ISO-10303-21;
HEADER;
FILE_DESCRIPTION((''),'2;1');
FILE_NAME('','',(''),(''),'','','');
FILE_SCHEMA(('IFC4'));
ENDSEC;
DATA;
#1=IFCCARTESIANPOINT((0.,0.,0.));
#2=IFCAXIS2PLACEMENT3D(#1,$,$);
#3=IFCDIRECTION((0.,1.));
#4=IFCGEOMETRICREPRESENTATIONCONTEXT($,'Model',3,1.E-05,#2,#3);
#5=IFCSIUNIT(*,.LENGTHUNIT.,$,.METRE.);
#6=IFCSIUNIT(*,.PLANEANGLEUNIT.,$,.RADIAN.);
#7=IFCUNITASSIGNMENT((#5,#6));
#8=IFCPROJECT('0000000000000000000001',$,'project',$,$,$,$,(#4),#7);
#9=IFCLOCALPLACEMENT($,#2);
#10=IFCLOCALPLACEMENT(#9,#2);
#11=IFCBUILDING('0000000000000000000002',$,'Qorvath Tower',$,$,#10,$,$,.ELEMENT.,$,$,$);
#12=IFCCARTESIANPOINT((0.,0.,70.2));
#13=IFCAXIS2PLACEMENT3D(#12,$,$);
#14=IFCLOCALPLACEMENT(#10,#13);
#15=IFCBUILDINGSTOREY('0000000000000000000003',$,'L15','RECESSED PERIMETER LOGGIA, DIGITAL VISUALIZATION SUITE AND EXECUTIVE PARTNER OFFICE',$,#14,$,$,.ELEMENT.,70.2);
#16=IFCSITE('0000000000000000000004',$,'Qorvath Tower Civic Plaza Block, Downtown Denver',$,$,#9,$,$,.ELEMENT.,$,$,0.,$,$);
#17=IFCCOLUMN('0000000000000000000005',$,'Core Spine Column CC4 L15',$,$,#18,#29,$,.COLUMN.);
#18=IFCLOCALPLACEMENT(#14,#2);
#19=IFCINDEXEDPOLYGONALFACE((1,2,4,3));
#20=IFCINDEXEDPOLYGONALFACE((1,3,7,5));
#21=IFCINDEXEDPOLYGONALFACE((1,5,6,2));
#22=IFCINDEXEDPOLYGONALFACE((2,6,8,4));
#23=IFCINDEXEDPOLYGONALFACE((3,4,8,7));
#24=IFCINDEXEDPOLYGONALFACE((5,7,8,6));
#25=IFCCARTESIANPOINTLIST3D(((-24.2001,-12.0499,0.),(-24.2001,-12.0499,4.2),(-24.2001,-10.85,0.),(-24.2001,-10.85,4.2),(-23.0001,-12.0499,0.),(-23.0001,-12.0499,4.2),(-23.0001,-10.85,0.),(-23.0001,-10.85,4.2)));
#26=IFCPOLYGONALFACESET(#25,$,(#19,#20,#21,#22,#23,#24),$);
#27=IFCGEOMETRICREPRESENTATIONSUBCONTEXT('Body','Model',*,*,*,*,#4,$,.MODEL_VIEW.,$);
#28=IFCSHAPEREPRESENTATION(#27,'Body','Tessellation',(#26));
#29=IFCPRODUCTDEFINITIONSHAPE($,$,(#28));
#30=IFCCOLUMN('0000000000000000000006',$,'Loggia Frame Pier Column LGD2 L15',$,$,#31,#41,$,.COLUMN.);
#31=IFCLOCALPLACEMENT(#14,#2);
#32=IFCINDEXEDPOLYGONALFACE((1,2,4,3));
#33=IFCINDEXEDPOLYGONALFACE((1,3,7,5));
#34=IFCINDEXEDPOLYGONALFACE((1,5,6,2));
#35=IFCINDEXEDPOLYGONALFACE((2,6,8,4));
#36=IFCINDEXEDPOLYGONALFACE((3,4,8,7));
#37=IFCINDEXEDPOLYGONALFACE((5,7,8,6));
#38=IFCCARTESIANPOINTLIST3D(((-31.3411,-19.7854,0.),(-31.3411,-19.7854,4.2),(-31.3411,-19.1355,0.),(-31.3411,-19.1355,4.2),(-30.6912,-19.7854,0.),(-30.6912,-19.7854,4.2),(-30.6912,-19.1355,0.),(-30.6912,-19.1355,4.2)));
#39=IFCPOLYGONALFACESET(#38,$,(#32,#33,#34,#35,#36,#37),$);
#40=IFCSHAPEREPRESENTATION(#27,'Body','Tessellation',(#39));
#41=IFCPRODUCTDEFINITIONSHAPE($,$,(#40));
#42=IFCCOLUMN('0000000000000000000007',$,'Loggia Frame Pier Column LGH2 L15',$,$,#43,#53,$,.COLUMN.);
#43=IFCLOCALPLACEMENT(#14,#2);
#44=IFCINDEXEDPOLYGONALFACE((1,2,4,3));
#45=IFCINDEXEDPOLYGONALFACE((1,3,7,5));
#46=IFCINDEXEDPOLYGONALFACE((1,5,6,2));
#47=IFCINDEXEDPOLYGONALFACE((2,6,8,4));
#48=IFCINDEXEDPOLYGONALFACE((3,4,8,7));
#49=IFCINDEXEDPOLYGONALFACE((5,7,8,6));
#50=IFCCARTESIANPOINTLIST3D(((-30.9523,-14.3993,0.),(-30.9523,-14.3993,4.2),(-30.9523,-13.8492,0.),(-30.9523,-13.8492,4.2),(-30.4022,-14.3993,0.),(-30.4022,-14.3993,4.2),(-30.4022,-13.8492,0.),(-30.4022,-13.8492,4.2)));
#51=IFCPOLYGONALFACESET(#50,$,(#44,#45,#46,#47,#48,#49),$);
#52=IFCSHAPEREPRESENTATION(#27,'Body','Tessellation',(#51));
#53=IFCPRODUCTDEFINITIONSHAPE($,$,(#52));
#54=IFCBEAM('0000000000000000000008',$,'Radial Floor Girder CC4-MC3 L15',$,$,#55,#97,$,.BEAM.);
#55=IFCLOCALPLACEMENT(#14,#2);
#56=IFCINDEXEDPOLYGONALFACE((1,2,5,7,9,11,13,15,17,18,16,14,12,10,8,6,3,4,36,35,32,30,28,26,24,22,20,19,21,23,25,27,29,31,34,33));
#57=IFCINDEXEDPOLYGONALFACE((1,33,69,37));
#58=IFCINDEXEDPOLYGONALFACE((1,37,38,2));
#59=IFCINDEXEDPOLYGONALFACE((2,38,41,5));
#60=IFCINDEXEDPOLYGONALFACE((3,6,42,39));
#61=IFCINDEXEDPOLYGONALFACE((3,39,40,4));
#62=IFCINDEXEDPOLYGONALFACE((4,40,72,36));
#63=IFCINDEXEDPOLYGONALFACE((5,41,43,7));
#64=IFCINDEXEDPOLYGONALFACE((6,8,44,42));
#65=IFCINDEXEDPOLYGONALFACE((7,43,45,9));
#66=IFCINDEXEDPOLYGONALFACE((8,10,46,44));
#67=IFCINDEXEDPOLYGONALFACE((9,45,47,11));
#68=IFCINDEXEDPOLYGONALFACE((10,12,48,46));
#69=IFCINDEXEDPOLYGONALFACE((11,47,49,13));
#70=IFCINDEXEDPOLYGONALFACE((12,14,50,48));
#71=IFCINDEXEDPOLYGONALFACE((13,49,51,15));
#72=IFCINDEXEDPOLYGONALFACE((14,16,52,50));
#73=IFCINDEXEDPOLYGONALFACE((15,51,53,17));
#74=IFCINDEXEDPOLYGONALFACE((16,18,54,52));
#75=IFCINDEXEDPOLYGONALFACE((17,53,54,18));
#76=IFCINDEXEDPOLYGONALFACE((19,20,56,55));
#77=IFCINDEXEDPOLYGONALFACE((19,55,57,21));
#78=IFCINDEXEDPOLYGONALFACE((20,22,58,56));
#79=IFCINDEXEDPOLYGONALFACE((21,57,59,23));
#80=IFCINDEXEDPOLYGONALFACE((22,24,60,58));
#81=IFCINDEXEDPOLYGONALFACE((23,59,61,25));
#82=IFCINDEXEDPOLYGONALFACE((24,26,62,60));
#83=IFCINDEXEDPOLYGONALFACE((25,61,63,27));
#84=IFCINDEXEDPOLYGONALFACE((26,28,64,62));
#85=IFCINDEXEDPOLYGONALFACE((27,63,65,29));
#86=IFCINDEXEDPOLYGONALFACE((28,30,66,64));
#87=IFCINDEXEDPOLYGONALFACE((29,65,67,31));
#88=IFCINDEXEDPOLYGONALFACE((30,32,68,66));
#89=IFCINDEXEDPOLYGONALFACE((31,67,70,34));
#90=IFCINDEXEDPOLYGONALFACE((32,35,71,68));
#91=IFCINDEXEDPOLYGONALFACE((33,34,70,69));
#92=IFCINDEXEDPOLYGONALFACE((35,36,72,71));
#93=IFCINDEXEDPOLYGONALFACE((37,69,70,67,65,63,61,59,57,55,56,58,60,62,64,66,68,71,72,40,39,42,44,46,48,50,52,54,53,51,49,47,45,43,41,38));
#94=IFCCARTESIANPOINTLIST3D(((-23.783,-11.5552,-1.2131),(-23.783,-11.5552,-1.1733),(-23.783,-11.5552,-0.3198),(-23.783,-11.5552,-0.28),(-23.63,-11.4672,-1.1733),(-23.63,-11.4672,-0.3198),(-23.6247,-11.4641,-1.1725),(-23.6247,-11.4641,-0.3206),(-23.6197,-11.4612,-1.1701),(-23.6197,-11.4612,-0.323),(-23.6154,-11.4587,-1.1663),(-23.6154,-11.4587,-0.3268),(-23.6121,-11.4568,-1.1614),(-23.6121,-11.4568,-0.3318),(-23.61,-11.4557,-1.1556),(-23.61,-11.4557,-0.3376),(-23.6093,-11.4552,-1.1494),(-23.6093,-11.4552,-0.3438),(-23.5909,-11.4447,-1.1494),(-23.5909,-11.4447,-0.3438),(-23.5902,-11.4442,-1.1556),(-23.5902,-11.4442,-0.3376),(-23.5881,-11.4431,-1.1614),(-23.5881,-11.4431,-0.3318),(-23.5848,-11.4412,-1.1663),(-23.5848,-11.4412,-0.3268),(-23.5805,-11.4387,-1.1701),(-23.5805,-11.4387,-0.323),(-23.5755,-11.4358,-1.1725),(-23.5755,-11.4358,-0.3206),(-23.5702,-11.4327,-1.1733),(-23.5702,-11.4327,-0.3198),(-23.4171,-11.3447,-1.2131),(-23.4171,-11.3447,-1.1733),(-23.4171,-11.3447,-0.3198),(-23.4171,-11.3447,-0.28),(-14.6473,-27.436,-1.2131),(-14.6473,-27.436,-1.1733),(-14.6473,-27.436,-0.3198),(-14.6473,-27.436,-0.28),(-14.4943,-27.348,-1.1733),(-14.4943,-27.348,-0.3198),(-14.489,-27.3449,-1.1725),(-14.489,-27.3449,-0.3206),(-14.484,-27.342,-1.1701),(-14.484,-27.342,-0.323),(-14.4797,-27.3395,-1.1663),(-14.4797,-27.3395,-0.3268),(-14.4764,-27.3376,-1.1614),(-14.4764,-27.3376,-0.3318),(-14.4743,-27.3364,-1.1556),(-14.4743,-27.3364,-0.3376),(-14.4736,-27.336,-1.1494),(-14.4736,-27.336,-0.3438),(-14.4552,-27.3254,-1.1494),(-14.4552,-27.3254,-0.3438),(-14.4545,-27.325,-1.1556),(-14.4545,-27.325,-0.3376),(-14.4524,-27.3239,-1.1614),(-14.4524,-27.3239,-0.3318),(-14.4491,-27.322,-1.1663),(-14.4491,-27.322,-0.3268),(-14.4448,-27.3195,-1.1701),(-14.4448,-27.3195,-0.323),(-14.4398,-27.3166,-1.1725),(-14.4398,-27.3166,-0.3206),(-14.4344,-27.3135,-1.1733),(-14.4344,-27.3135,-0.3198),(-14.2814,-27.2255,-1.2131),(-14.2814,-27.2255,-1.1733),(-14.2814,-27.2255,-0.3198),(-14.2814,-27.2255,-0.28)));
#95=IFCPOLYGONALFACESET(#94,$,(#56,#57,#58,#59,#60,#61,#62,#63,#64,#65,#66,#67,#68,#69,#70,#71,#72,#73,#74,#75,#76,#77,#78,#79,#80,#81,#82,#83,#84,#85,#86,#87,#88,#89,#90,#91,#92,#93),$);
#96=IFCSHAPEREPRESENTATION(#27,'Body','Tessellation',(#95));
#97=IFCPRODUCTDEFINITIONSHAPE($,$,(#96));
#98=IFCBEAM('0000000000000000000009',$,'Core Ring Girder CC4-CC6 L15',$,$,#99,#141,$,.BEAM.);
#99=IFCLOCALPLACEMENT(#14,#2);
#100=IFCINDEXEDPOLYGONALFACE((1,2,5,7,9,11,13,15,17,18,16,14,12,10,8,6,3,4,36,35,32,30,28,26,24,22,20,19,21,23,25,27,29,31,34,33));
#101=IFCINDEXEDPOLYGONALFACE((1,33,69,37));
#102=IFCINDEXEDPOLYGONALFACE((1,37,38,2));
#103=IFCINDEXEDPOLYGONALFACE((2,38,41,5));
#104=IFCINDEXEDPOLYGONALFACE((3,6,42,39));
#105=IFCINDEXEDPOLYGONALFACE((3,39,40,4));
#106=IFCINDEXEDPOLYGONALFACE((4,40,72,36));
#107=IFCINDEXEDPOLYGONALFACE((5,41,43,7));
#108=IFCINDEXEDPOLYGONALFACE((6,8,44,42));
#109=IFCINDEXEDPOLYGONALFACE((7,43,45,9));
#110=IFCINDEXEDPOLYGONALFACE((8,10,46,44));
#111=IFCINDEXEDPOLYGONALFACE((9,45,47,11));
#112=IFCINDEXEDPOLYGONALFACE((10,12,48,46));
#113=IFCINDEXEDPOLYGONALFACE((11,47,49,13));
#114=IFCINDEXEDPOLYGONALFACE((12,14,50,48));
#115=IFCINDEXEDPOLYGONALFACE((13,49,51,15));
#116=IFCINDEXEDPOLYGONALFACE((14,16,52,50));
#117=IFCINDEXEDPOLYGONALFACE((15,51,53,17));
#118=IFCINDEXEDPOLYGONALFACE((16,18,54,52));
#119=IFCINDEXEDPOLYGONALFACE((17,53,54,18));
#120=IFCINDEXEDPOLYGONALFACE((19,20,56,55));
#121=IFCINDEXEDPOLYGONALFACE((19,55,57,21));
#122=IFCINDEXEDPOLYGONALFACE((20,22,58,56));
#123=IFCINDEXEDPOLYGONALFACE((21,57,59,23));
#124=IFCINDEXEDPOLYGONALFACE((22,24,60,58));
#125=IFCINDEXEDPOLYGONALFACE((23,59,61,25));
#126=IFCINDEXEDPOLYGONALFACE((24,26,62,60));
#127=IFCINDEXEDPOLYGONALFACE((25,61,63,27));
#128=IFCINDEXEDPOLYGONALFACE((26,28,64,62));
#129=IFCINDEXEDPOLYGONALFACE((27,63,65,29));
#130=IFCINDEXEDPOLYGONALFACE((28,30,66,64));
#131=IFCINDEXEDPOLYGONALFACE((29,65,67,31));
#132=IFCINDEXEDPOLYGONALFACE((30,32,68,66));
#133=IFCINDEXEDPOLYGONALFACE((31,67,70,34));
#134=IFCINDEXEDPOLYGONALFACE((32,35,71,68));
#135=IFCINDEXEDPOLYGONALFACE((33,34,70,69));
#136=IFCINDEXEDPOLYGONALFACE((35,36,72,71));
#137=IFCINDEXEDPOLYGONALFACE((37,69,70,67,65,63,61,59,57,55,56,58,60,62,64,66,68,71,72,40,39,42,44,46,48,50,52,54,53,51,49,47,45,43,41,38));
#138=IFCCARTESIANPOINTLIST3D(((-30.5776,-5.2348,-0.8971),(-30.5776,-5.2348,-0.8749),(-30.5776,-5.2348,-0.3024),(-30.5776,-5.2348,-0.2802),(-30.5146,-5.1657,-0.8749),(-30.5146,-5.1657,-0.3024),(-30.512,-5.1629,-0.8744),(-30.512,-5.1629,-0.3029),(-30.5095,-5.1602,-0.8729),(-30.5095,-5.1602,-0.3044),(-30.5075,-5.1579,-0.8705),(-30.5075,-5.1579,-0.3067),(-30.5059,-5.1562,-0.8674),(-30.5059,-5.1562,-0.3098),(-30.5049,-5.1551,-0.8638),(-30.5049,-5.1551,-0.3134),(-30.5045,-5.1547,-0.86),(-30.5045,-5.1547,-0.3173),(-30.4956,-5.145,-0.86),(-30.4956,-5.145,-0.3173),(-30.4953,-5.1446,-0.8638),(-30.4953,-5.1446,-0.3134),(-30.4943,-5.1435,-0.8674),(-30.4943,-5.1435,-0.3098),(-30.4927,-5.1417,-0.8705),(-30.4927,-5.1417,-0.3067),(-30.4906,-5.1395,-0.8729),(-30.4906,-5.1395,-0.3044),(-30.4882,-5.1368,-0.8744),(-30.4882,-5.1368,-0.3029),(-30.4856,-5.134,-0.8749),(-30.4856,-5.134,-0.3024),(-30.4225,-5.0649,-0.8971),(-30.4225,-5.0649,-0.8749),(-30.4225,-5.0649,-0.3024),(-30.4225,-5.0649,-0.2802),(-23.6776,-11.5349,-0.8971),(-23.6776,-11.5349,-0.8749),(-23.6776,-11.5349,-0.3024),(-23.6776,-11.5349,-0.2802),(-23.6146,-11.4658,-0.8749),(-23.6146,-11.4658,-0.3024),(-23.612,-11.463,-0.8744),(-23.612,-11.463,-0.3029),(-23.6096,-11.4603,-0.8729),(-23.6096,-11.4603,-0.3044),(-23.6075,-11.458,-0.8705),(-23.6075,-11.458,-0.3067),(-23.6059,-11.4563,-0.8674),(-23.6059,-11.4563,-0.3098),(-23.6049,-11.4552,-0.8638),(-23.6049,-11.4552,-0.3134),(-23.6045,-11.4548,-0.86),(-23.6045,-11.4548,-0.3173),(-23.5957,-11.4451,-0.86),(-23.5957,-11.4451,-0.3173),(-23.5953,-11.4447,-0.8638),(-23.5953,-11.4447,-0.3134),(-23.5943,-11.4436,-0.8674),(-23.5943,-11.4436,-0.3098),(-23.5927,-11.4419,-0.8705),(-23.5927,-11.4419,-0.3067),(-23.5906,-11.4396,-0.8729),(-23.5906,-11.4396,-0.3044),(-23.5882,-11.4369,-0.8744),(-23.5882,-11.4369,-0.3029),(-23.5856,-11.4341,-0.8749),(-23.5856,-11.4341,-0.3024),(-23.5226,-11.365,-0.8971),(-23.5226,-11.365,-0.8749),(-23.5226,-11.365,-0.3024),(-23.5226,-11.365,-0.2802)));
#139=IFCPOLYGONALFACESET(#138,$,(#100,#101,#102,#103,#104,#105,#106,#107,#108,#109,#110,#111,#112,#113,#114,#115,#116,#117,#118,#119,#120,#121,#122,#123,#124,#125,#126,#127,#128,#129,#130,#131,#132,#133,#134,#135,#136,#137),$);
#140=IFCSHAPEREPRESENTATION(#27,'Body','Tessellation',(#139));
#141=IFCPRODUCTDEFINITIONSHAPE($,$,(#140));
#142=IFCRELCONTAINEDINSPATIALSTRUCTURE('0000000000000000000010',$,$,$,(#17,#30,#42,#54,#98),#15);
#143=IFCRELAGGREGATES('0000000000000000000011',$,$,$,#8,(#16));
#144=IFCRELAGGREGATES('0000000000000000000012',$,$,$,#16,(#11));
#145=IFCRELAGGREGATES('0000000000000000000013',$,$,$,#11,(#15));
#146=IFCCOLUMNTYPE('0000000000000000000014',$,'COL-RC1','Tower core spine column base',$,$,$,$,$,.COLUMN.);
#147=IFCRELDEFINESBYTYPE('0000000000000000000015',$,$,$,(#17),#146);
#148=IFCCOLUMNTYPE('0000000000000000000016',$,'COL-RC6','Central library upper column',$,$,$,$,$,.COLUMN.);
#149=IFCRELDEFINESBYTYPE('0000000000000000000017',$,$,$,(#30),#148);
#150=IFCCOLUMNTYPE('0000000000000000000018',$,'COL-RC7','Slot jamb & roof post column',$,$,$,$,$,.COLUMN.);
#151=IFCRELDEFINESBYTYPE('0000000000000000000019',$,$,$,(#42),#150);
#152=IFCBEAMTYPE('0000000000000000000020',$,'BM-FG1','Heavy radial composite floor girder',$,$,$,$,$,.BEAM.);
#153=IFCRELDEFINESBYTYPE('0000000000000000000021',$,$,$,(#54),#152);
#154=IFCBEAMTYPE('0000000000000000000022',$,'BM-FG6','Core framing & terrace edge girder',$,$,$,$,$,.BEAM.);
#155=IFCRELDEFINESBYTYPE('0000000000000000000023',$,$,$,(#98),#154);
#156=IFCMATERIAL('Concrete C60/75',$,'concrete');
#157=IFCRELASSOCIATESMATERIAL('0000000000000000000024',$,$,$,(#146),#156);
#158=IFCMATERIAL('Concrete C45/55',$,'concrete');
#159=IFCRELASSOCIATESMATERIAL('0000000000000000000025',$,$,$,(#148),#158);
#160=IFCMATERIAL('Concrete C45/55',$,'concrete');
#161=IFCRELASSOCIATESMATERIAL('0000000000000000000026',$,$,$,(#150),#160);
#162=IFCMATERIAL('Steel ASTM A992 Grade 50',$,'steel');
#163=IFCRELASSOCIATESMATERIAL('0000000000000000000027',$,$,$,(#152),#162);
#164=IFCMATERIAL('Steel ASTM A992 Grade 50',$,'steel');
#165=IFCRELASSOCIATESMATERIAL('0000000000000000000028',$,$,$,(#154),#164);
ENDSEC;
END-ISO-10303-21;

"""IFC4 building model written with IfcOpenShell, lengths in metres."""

from ifc_helpers import new_model, si_unit, direction, frame, origin, origin_2d, place, context, subcontext, project, spatial, rectangle, i_section, extrude, material, material_profile, profile_set, type_object, element, save


model = new_model("IFC4")

# Units and contexts
model_context = context("Model", 3, precision=1e-05, world=origin(), true_north=direction((0.0, 1.0)))
body_context = subcontext(model_context, "Body", "Model", "MODEL_VIEW")
ifc_project = project(units=[si_unit("LENGTHUNIT", "METRE"), si_unit("PLANEANGLEUNIT", "RADIAN")], contexts=[model_context])

# Site, building, storey
site_placement = place(None, origin())
site = spatial("IfcSite", under=ifc_project, at=site_placement, Name="Qorvath Tower Civic Plaza Block, Downtown Denver", CompositionType="ELEMENT", RefElevation=0.0)
building_placement = place(site_placement, origin())
building = spatial("IfcBuilding", under=site, at=building_placement, Name="Qorvath Tower", CompositionType="ELEMENT")
storey_placement = place(building_placement, frame((0.0, 0.0, 70.2)))
storey = spatial("IfcBuildingStorey", under=building, at=storey_placement, Name="L15", Description="RECESSED PERIMETER LOGGIA, DIGITAL VISUALIZATION SUITE AND EXECUTIVE PARTNER OFFICE", CompositionType="ELEMENT", Elevation=70.2)

# Columns
ifc_material_1 = material(Name="Concrete C60/75", Category="concrete")
ifc_material_profile_1 = material_profile(ifc_material_1, rectangle(XDim=1.2, YDim=1.2, at=origin_2d()), Name="RC 1200x1200")
ifc_profile_set_1 = profile_set([ifc_material_profile_1], Name="Concrete C60/75")
column_type_1 = type_object("IfcColumnType", Name="COL-RC1", Description="Tower core spine column base", PredefinedType="COLUMN", material=ifc_profile_set_1)
column_1_placement = place(storey_placement, frame((-23.6001, -11.45, 0.0), z_axis=(0.0, 0.0, 1.0), x_axis=(1.0, 0.0, 0.0)))
element("IfcColumn", 1, at=column_1_placement, inside=storey, type_object=column_type_1, Name="Core Spine Column CC4 L15", PredefinedType="COLUMN", context=body_context, shape_type="SweptSolid", body=[
    extrude(rectangle(XDim=1.2, YDim=1.2, at=origin_2d()), origin(), (0.0, 0.0, 1.0), 4.2),
])
ifc_material_2 = material(Name="Concrete C45/55", Category="concrete")
ifc_material_profile_2 = material_profile(ifc_material_2, rectangle(XDim=0.6499, YDim=0.6499, at=origin_2d()), Name="RC 650x650")
ifc_profile_set_2 = profile_set([ifc_material_profile_2], Name="Concrete C45/55")
column_type_2 = type_object("IfcColumnType", Name="COL-RC6", Description="Central library upper column", PredefinedType="COLUMN", material=ifc_profile_set_2)
column_2_placement = place(storey_placement, frame((-31.0161, -19.4604, 0.0), z_axis=(0.0, 0.0, 1.0), x_axis=(1.0, 0.0, 0.0)))
element("IfcColumn", 2, at=column_2_placement, inside=storey, type_object=column_type_2, Name="Loggia Frame Pier Column LGD2 L15", PredefinedType="COLUMN", context=body_context, shape_type="SweptSolid", body=[
    extrude(rectangle(XDim=0.6499, YDim=0.6499, at=origin_2d()), origin(), (0.0, 0.0, 1.0), 4.2),
])
ifc_material_3 = material(Name="Concrete C45/55", Category="concrete")
ifc_material_profile_3 = material_profile(ifc_material_3, rectangle(XDim=0.55, YDim=0.55, at=origin_2d()), Name="RC 550x550")
ifc_profile_set_3 = profile_set([ifc_material_profile_3], Name="Concrete C45/55")
column_type_3 = type_object("IfcColumnType", Name="COL-RC7", Description="Slot jamb & roof post column", PredefinedType="COLUMN", material=ifc_profile_set_3)
column_3_placement = place(storey_placement, frame((-30.6772, -14.1243, 0.0), z_axis=(0.0, 0.0, 1.0), x_axis=(1.0, 0.0, 0.0)))
element("IfcColumn", 3, at=column_3_placement, inside=storey, type_object=column_type_3, Name="Loggia Frame Pier Column LGH2 L15", PredefinedType="COLUMN", context=body_context, shape_type="SweptSolid", body=[
    extrude(rectangle(XDim=0.55, YDim=0.55, at=origin_2d()), origin(), (0.0, 0.0, 1.0), 4.2),
])

# Beams
ifc_material_4 = material(Name="Steel ASTM A992 Grade 50", Category="steel")
ifc_material_profile_4 = material_profile(ifc_material_4, i_section(OverallWidth=0.4221, OverallDepth=0.9331, WebThickness=0.0212, FlangeThickness=0.0398, FilletRadius=0.0239, at=origin_2d()), Name="W36x262")
ifc_profile_set_4 = profile_set([ifc_material_profile_4], Name="Steel ASTM A992 Grade 50")
beam_type_1 = type_object("IfcBeamType", Name="BM-FG1", Description="Heavy radial composite floor girder", PredefinedType="BEAM", material=ifc_profile_set_4)
beam_1_placement = place(storey_placement, frame((-23.6001, -11.45, -0.7466), z_axis=(0.498645, -0.866806, 0.0), x_axis=(0.866806, 0.498645, 0.0)))
element("IfcBeam", 4, at=beam_1_placement, inside=storey, type_object=beam_type_1, Name="Radial Floor Girder CC4-MC3 L15", PredefinedType="BEAM", context=body_context, shape_type="SweptSolid", body=[
    extrude(i_section(OverallWidth=0.4221, OverallDepth=0.9331, WebThickness=0.0212, FlangeThickness=0.0398, FilletRadius=0.0239, at=origin_2d()), origin(), (0.0, 0.0, 1.0), 18.321),
])
ifc_material_5 = material(Name="Steel ASTM A992 Grade 50", Category="steel")
ifc_material_profile_5 = material_profile(ifc_material_5, i_section(OverallWidth=0.23, OverallDepth=0.6169, WebThickness=0.0132, FlangeThickness=0.0222, FilletRadius=0.0149, at=origin_2d()), Name="W24x94")
ifc_profile_set_5 = profile_set([ifc_material_profile_5], Name="Steel ASTM A992 Grade 50")
beam_type_2 = type_object("IfcBeamType", Name="BM-FG6", Description="Core framing & terrace edge girder", PredefinedType="BEAM", material=ifc_profile_set_5)
beam_2_placement = place(storey_placement, frame((-23.6001, -11.45, -0.5886), z_axis=(-0.738478, 0.674277, 0.0), x_axis=(-0.674277, -0.738478, 0.0)))
element("IfcBeam", 5, at=beam_2_placement, inside=storey, type_object=beam_type_2, Name="Core Ring Girder CC4-CC6 L15", PredefinedType="BEAM", context=body_context, shape_type="SweptSolid", body=[
    extrude(i_section(OverallWidth=0.23, OverallDepth=0.6169, WebThickness=0.0132, FlangeThickness=0.0222, FilletRadius=0.0149, at=origin_2d()), origin(), (0.0, 0.0, 1.0), 9.3435),
])

save(model, "model.ifc")
